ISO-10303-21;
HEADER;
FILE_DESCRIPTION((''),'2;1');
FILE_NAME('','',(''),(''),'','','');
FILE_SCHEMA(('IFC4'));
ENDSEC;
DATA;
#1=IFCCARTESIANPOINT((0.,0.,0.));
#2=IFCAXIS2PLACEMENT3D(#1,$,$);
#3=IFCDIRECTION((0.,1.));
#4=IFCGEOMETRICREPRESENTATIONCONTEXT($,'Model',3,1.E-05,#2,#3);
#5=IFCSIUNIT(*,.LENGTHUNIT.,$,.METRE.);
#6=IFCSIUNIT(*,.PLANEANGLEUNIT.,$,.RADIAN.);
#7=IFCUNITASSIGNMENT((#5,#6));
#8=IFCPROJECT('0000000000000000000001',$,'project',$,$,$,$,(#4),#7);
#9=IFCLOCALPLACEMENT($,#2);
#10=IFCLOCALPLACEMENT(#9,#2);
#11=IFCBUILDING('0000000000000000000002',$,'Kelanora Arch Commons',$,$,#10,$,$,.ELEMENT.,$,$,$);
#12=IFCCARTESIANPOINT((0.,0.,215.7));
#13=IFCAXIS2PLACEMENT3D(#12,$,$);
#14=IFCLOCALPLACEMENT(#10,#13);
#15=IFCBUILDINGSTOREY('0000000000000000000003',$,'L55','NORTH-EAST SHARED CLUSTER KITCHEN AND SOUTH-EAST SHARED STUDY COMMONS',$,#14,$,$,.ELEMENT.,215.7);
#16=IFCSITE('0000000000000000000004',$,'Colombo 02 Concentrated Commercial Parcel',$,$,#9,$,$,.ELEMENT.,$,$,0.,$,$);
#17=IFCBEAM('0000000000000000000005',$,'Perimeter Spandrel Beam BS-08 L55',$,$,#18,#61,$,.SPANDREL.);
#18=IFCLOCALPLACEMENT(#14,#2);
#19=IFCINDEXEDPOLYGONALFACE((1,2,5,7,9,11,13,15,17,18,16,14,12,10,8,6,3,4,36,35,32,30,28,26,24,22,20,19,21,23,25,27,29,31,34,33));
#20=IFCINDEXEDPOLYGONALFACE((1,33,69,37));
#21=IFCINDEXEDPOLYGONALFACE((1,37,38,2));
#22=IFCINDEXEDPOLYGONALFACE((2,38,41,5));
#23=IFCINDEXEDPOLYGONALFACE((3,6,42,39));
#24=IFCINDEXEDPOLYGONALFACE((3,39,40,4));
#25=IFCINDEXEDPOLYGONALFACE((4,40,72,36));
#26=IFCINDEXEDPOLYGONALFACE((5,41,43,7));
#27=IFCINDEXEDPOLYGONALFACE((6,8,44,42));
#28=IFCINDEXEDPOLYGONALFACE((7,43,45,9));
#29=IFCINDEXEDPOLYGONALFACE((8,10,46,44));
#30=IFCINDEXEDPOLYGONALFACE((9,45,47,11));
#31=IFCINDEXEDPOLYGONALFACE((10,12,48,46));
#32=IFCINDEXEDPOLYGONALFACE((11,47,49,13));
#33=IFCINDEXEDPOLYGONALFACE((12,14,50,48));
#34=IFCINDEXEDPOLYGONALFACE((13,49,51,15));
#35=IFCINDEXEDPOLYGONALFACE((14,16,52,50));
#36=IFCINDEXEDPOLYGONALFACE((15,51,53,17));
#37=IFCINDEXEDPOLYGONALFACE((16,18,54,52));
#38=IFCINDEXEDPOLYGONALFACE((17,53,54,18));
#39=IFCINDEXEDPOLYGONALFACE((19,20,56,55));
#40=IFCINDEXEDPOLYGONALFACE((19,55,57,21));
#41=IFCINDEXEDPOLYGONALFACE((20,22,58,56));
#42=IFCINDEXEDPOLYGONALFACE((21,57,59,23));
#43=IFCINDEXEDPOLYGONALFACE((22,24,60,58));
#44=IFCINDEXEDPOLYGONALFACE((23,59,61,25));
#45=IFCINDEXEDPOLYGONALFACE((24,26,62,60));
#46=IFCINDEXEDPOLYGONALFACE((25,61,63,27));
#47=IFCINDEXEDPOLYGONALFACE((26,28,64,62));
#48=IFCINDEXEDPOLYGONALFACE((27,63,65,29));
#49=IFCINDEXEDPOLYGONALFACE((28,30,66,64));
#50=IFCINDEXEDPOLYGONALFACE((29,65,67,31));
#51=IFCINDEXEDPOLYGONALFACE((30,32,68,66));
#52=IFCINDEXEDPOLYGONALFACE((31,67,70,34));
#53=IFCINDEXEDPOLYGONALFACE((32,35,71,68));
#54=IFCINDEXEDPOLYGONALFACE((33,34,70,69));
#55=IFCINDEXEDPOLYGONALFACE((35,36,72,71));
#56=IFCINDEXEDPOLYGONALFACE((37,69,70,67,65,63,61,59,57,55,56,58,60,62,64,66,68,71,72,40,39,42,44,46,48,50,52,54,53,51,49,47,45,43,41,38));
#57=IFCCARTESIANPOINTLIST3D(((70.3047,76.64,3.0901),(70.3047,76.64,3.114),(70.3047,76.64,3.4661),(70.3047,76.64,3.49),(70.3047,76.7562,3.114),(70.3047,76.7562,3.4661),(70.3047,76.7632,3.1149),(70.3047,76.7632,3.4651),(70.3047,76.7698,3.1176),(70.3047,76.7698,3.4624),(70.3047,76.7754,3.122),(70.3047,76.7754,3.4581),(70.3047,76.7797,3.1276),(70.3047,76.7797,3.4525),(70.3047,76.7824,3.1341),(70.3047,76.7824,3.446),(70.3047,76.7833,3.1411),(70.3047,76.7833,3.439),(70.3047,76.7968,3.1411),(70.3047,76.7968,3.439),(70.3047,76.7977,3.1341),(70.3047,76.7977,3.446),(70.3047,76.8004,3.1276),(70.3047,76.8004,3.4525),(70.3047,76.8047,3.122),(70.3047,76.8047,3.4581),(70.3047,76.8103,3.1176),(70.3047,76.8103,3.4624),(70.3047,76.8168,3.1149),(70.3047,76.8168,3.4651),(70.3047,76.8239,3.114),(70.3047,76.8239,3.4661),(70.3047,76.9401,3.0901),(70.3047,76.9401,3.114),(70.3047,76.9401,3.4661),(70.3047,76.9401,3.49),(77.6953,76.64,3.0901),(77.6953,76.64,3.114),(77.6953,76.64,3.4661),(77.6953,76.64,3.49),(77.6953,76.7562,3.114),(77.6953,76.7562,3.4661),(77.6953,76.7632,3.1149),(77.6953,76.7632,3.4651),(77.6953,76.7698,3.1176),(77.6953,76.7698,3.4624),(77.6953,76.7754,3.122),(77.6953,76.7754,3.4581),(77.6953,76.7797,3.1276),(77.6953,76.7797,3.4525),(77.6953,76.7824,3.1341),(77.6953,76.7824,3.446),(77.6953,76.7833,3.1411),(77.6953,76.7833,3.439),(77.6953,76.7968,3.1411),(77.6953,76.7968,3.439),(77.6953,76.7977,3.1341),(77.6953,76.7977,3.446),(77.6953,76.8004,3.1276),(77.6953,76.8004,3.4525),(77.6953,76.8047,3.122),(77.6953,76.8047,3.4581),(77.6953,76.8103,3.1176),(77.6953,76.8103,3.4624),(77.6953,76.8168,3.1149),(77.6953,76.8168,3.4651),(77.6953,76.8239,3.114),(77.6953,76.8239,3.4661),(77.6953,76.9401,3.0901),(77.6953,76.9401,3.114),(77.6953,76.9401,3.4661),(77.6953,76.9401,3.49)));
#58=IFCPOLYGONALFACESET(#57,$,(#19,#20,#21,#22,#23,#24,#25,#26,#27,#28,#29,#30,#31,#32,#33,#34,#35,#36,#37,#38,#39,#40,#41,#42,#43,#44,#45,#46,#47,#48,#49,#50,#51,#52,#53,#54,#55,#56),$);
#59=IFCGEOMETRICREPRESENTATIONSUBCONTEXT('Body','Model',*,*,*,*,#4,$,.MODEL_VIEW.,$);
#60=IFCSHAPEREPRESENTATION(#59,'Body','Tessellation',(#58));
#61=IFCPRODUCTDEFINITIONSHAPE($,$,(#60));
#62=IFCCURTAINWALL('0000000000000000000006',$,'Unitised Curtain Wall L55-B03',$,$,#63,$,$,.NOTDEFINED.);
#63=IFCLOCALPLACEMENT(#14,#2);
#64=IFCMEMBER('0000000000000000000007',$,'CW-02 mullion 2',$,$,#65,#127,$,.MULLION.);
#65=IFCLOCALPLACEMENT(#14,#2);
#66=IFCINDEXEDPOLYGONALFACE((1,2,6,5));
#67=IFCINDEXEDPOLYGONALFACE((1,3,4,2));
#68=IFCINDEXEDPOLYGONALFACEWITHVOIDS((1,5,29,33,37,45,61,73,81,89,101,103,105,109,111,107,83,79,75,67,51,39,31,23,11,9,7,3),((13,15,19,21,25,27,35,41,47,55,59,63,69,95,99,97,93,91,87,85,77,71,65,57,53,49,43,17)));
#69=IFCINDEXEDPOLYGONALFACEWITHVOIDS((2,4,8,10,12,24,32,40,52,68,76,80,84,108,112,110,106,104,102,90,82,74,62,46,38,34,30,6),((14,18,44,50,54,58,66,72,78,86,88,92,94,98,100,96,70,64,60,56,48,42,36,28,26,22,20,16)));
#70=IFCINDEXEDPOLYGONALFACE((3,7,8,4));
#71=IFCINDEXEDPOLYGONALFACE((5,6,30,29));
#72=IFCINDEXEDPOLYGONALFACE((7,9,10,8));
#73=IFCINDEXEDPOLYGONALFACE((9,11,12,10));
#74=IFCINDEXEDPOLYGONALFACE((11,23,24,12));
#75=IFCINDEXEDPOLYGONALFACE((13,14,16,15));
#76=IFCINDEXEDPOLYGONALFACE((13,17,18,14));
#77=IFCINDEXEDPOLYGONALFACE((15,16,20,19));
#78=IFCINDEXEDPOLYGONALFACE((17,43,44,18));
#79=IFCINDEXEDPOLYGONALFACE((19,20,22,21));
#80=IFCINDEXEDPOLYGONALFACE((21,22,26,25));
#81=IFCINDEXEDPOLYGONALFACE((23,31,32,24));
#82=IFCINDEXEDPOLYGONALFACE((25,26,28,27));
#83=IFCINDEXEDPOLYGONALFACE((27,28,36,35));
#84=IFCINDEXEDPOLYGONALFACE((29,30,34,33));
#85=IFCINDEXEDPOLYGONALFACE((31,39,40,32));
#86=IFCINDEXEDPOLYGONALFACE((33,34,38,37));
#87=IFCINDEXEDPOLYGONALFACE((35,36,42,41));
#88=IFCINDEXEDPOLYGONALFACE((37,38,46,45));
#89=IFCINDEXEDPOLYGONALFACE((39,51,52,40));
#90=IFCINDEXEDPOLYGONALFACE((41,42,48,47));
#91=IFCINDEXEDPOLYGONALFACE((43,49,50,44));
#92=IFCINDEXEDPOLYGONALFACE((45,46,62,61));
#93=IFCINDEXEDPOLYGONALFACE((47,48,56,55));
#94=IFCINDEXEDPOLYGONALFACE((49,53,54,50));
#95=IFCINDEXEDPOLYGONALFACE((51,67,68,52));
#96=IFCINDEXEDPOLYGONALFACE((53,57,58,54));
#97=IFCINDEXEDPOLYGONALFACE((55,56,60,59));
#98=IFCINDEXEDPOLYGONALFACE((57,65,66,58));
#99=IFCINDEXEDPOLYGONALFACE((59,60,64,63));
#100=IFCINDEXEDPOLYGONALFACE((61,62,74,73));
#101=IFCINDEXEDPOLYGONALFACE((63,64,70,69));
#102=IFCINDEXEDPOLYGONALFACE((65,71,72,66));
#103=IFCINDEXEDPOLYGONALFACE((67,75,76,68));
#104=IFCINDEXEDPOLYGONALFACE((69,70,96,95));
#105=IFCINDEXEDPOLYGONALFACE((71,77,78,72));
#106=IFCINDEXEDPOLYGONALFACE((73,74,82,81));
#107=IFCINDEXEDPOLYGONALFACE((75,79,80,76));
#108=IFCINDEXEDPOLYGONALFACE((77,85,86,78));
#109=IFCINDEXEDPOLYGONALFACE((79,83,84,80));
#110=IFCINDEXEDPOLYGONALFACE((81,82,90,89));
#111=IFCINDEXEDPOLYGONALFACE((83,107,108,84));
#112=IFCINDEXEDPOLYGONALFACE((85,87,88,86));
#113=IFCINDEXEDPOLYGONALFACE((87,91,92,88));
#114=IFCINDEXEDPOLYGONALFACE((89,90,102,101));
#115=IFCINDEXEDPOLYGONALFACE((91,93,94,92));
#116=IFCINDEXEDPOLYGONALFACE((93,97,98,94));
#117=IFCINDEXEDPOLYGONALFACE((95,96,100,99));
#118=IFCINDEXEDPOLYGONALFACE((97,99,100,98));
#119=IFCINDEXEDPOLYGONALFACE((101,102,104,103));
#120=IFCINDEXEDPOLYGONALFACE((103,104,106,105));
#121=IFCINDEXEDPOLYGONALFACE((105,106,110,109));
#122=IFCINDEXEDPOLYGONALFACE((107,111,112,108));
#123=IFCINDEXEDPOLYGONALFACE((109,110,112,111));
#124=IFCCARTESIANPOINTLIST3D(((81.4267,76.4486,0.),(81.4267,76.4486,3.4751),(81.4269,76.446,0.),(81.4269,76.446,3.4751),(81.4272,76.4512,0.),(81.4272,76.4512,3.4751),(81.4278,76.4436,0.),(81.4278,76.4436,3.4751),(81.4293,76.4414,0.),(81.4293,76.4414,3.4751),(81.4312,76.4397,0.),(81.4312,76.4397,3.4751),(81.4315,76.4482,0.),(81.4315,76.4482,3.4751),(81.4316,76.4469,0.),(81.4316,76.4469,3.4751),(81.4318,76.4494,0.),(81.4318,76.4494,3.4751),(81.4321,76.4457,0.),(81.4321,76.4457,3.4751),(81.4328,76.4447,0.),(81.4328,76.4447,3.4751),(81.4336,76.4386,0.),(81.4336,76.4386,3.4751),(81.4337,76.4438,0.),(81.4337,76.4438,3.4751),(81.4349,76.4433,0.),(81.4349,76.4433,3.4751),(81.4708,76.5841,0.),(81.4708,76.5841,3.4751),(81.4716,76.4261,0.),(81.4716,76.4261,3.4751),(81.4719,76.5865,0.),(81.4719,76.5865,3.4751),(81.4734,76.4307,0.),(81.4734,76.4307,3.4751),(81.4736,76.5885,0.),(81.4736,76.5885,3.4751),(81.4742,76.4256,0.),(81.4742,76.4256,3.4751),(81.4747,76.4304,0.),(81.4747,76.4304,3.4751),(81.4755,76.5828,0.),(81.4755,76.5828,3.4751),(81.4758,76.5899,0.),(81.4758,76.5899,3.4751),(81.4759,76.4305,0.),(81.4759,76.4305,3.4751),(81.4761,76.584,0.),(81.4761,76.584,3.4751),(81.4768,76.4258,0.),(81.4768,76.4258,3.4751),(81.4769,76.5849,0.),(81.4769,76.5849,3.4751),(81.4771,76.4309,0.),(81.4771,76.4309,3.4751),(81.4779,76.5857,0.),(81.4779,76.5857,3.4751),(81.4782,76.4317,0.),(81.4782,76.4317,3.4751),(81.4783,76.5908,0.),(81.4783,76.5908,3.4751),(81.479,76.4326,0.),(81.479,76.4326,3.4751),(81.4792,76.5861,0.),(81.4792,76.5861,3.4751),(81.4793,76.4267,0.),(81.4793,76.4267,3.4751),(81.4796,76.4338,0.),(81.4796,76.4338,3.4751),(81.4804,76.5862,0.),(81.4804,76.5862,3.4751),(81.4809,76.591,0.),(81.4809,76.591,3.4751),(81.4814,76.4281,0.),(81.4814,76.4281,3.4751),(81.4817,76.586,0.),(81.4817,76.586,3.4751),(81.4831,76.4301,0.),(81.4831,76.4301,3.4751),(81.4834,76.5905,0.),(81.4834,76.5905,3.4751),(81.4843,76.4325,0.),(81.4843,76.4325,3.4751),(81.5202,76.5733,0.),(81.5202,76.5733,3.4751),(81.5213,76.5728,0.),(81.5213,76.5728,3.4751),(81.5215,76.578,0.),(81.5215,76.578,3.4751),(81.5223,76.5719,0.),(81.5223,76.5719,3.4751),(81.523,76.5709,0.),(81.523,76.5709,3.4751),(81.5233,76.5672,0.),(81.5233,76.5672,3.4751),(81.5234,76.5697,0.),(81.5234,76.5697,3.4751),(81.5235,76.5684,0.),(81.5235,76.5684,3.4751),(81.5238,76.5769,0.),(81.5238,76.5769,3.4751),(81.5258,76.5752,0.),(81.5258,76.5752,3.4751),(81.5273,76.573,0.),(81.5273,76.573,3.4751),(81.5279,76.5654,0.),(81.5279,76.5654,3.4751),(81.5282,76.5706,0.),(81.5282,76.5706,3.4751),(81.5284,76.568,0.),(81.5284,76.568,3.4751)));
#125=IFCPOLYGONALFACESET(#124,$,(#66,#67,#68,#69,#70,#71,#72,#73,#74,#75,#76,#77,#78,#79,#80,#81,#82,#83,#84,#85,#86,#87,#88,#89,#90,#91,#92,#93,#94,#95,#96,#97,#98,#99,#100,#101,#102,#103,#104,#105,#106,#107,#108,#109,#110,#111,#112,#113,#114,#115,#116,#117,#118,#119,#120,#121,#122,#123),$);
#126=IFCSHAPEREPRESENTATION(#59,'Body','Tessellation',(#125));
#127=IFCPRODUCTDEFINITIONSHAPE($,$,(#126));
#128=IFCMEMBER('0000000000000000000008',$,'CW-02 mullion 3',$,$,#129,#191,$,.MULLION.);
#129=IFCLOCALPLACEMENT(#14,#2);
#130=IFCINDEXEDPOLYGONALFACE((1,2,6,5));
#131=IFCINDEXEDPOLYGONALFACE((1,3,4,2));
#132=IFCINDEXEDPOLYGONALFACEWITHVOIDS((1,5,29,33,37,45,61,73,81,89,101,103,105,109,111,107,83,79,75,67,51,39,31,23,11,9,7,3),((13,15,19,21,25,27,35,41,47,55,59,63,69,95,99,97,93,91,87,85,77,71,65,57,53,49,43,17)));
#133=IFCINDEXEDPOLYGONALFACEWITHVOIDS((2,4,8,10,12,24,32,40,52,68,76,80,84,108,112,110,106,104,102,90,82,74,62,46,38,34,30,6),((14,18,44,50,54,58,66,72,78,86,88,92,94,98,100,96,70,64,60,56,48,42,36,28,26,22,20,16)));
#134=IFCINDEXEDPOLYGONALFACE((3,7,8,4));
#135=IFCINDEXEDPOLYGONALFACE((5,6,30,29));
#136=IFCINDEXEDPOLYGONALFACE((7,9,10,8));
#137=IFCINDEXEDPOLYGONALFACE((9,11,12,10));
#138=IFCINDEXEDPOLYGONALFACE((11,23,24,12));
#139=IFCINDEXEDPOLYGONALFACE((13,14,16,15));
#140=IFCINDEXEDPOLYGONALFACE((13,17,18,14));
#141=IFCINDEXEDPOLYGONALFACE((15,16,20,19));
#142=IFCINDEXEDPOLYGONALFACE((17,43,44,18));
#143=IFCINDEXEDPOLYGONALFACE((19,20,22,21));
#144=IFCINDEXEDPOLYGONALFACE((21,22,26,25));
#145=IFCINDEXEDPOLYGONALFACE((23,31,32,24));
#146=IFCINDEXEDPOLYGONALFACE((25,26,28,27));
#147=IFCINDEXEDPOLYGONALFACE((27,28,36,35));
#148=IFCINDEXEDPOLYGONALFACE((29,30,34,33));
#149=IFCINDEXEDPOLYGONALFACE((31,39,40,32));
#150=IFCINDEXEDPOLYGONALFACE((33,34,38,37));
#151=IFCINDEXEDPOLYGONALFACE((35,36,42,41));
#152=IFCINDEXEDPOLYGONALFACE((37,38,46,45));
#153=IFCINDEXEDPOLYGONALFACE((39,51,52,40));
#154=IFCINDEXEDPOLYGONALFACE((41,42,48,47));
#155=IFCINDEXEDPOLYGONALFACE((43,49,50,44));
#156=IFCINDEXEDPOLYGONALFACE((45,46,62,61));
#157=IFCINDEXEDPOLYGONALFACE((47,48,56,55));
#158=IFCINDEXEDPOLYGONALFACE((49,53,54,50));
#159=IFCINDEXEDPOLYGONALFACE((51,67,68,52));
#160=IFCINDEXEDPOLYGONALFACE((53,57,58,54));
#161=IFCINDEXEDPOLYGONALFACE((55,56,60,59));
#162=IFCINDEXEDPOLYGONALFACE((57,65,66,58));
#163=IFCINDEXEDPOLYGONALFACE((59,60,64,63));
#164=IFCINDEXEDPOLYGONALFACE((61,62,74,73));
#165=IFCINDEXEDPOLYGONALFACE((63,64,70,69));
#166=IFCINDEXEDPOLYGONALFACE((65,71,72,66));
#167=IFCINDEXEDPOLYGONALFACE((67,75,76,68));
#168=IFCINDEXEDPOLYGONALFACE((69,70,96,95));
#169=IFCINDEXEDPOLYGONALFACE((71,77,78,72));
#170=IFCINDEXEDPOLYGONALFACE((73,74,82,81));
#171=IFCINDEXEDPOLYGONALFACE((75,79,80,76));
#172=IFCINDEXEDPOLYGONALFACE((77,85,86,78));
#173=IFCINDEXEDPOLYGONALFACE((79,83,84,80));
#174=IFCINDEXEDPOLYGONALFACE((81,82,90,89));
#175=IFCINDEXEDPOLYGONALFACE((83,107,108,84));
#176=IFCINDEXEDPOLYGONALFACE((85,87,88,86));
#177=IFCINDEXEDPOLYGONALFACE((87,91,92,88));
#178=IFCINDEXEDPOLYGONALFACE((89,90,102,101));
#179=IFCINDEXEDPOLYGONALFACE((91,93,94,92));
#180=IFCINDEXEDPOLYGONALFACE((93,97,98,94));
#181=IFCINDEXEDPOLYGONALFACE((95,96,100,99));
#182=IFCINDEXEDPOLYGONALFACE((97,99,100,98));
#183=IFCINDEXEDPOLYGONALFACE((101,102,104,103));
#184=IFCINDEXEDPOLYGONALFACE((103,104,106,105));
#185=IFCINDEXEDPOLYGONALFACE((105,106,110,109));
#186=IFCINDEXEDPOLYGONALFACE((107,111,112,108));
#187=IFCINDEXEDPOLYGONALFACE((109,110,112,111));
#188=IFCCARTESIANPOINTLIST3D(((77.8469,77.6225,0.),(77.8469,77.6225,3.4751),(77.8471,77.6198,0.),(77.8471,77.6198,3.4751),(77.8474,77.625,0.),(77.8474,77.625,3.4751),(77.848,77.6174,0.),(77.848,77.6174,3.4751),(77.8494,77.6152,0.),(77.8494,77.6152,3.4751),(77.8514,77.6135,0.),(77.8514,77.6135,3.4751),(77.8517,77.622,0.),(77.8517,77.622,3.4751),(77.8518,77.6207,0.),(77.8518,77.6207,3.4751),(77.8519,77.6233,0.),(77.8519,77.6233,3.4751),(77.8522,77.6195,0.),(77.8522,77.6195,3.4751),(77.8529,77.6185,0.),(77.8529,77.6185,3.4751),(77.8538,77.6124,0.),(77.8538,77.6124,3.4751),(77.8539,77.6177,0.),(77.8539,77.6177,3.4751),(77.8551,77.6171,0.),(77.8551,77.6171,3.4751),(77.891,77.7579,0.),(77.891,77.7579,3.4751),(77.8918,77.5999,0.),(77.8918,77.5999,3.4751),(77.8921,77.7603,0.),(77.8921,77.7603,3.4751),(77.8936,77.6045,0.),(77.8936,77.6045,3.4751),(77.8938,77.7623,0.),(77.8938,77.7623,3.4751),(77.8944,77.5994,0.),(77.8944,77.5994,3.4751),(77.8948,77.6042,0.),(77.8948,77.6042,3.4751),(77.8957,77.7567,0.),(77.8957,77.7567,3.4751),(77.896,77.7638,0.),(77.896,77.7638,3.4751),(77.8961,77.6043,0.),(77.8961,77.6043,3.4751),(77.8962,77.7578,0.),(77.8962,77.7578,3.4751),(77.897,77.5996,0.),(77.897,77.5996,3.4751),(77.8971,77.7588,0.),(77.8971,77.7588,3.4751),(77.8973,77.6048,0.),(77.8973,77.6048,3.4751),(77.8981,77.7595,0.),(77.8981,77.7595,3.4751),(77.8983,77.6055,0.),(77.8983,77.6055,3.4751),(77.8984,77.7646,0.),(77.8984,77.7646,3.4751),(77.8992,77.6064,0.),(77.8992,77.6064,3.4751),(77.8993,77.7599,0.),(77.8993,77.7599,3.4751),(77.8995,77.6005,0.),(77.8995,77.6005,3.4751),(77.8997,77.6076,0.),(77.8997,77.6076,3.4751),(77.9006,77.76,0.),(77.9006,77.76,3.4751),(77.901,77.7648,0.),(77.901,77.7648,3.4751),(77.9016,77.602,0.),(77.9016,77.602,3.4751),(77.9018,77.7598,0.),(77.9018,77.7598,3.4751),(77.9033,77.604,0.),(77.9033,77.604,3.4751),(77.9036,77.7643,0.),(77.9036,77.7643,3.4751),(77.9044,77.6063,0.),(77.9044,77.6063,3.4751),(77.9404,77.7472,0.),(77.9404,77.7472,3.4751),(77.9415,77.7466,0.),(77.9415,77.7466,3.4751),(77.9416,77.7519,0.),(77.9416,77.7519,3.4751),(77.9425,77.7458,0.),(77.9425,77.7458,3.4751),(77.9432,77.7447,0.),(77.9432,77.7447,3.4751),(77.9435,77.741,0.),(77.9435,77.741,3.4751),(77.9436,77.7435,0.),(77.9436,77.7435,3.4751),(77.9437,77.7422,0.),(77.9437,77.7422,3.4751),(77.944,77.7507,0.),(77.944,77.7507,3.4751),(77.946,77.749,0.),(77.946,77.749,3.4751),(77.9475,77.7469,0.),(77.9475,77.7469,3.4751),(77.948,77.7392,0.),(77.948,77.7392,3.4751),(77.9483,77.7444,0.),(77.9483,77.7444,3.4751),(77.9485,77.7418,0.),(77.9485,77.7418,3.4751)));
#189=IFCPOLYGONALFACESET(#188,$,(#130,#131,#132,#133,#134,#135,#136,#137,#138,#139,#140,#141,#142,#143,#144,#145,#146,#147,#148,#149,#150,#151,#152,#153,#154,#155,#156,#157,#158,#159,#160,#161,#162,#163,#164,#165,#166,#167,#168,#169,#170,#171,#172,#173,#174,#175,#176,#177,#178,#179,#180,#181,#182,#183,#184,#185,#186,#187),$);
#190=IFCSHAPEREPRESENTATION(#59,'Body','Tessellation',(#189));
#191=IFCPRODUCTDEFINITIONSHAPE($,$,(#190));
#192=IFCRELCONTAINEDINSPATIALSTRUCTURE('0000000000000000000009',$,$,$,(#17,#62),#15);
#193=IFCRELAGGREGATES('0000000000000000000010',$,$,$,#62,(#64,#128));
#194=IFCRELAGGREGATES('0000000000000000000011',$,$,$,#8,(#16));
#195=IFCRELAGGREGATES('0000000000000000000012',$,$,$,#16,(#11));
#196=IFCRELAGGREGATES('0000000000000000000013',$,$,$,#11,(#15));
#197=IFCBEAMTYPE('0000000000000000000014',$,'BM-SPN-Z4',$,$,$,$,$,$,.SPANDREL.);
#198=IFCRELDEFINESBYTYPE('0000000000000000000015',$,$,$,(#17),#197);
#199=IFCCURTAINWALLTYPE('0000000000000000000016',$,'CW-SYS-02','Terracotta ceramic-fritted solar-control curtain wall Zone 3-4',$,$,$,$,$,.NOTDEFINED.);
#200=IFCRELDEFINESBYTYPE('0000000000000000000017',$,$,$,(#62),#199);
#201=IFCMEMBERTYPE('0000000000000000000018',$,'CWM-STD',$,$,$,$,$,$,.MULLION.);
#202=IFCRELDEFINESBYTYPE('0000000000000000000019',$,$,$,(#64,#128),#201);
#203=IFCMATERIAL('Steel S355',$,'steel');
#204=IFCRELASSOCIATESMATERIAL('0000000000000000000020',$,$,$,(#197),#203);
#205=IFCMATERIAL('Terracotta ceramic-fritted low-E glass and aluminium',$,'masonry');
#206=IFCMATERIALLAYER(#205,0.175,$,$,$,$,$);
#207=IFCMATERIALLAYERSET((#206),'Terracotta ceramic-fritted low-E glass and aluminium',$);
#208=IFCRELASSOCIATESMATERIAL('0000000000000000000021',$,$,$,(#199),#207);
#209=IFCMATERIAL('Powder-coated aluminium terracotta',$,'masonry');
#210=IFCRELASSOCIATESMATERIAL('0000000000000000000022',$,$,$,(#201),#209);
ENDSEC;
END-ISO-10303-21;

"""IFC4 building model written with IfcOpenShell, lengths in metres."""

from ifc_helpers import new_model, si_unit, direction, frame, origin, origin_2d, place, context, subcontext, project, spatial, hollow_rectangle, i_section, extrude, material, layer, layer_set, material_profile, profile_set, type_object, element, aggregate, save


model = new_model("IFC4")

# Units and contexts
model_context = context("Model", 3, precision=1e-05, world=origin(), true_north=direction((0.0, 1.0)))
body_context = subcontext(model_context, "Body", "Model", "MODEL_VIEW")
ifc_project = project(units=[si_unit("LENGTHUNIT", "METRE"), si_unit("PLANEANGLEUNIT", "RADIAN")], contexts=[model_context])

# Site, building, storey
site_placement = place(None, origin())
site = spatial("IfcSite", under=ifc_project, at=site_placement, Name="Colombo 02 Concentrated Commercial Parcel", CompositionType="ELEMENT", RefElevation=0.0)
building_placement = place(site_placement, origin())
building = spatial("IfcBuilding", under=site, at=building_placement, Name="Kelanora Arch Commons", CompositionType="ELEMENT")
storey_placement = place(building_placement, frame((0.0, 0.0, 215.7)))
storey = spatial("IfcBuildingStorey", under=building, at=storey_placement, Name="L55", Description="NORTH-EAST SHARED CLUSTER KITCHEN AND SOUTH-EAST SHARED STUDY COMMONS", CompositionType="ELEMENT", Elevation=215.7)

# Beam
ifc_material_1 = material(Name="Steel S355", Category="steel")
ifc_material_profile_1 = material_profile(ifc_material_1, i_section(OverallWidth=0.3, OverallDepth=0.3999, WebThickness=0.0134, FlangeThickness=0.0239, FilletRadius=0.0271, at=origin_2d()), Name="HEB400")
ifc_profile_set_1 = profile_set([ifc_material_profile_1], Name="Steel S355")
beam_type_1 = type_object("IfcBeamType", Name="BM-SPN-Z4", PredefinedType="SPANDREL", material=ifc_profile_set_1)
beam_1_placement = place(storey_placement, frame((77.6953, 76.79, 3.29), z_axis=(-1.0, 0.0, 0.0), x_axis=(0.0, -1.0, 0.0)))
element("IfcBeam", 1, at=beam_1_placement, inside=storey, type_object=beam_type_1, Name="Perimeter Spandrel Beam BS-08 L55", PredefinedType="SPANDREL", context=body_context, shape_type="SweptSolid", body=[
    extrude(i_section(OverallWidth=0.3, OverallDepth=0.3999, WebThickness=0.0134, FlangeThickness=0.0239, FilletRadius=0.0271, at=origin_2d()), origin(), (0.0, 0.0, 1.0), 7.3906),
])

# Curtain wall, members
ifc_material_2 = material(Name="Terracotta ceramic-fritted low-E glass and aluminium", Category="masonry")
ifc_layer_1 = layer(ifc_material_2, 0.175)
ifc_layer_set_1 = layer_set([ifc_layer_1], Name="Terracotta ceramic-fritted low-E glass and aluminium")
curtain_wall_type = type_object("IfcCurtainWallType", Name="CW-SYS-02", Description="Terracotta ceramic-fritted solar-control curtain wall Zone 3-4", PredefinedType="NOTDEFINED", material=ifc_layer_set_1)
curtain_wall_placement = place(storey_placement, origin())
curtain_wall = element("IfcCurtainWall", 2, at=curtain_wall_placement, inside=storey, type_object=curtain_wall_type, Name="Unitised Curtain Wall L55-B03", PredefinedType="NOTDEFINED")
ifc_material_3 = material(Name="Powder-coated aluminium terracotta", Category="masonry")
ifc_material_profile_2 = material_profile(ifc_material_3, hollow_rectangle(XDim=0.1599, YDim=0.0601, WallThickness=0.0049, InnerFilletRadius=0.0049, OuterFilletRadius=0.01, at=origin_2d()), Name="CWM160x60")
ifc_profile_set_2 = profile_set([ifc_material_profile_2], Name="Powder-coated aluminium terracotta")
member_type_1 = type_object("IfcMemberType", Name="CWM-STD", PredefinedType="MULLION", material=ifc_profile_set_2)
member_1_placement = place(storey_placement, frame((81.4775, 76.5083, 0.0), z_axis=(0.0, 0.0, 1.0), x_axis=(-0.311582, -0.950219, 0.0)))
member_1 = element("IfcMember", 3, at=member_1_placement, type_object=member_type_1, Name="CW-02 mullion 2", PredefinedType="MULLION", context=body_context, shape_type="SweptSolid", body=[
    extrude(hollow_rectangle(XDim=0.1599, YDim=0.0601, WallThickness=0.0049, InnerFilletRadius=0.0049, OuterFilletRadius=0.01, at=origin_2d()), origin(), (0.0, 0.0, 1.0), 3.4751),
])
member_2_placement = place(storey_placement, frame((77.8977, 77.6821, 0.0), z_axis=(0.0, 0.0, 1.0), x_axis=(-0.311582, -0.950219, 0.0)))
member_2 = element("IfcMember", 4, at=member_2_placement, type_object=member_type_1, Name="CW-02 mullion 3", PredefinedType="MULLION", context=body_context, shape_type="SweptSolid", body=[
    extrude(hollow_rectangle(XDim=0.1599, YDim=0.0601, WallThickness=0.0049, InnerFilletRadius=0.0049, OuterFilletRadius=0.01, at=origin_2d()), origin(), (0.0, 0.0, 1.0), 3.4751),
])
aggregate(curtain_wall, [member_1, member_2])

save(model, "model.ifc")
